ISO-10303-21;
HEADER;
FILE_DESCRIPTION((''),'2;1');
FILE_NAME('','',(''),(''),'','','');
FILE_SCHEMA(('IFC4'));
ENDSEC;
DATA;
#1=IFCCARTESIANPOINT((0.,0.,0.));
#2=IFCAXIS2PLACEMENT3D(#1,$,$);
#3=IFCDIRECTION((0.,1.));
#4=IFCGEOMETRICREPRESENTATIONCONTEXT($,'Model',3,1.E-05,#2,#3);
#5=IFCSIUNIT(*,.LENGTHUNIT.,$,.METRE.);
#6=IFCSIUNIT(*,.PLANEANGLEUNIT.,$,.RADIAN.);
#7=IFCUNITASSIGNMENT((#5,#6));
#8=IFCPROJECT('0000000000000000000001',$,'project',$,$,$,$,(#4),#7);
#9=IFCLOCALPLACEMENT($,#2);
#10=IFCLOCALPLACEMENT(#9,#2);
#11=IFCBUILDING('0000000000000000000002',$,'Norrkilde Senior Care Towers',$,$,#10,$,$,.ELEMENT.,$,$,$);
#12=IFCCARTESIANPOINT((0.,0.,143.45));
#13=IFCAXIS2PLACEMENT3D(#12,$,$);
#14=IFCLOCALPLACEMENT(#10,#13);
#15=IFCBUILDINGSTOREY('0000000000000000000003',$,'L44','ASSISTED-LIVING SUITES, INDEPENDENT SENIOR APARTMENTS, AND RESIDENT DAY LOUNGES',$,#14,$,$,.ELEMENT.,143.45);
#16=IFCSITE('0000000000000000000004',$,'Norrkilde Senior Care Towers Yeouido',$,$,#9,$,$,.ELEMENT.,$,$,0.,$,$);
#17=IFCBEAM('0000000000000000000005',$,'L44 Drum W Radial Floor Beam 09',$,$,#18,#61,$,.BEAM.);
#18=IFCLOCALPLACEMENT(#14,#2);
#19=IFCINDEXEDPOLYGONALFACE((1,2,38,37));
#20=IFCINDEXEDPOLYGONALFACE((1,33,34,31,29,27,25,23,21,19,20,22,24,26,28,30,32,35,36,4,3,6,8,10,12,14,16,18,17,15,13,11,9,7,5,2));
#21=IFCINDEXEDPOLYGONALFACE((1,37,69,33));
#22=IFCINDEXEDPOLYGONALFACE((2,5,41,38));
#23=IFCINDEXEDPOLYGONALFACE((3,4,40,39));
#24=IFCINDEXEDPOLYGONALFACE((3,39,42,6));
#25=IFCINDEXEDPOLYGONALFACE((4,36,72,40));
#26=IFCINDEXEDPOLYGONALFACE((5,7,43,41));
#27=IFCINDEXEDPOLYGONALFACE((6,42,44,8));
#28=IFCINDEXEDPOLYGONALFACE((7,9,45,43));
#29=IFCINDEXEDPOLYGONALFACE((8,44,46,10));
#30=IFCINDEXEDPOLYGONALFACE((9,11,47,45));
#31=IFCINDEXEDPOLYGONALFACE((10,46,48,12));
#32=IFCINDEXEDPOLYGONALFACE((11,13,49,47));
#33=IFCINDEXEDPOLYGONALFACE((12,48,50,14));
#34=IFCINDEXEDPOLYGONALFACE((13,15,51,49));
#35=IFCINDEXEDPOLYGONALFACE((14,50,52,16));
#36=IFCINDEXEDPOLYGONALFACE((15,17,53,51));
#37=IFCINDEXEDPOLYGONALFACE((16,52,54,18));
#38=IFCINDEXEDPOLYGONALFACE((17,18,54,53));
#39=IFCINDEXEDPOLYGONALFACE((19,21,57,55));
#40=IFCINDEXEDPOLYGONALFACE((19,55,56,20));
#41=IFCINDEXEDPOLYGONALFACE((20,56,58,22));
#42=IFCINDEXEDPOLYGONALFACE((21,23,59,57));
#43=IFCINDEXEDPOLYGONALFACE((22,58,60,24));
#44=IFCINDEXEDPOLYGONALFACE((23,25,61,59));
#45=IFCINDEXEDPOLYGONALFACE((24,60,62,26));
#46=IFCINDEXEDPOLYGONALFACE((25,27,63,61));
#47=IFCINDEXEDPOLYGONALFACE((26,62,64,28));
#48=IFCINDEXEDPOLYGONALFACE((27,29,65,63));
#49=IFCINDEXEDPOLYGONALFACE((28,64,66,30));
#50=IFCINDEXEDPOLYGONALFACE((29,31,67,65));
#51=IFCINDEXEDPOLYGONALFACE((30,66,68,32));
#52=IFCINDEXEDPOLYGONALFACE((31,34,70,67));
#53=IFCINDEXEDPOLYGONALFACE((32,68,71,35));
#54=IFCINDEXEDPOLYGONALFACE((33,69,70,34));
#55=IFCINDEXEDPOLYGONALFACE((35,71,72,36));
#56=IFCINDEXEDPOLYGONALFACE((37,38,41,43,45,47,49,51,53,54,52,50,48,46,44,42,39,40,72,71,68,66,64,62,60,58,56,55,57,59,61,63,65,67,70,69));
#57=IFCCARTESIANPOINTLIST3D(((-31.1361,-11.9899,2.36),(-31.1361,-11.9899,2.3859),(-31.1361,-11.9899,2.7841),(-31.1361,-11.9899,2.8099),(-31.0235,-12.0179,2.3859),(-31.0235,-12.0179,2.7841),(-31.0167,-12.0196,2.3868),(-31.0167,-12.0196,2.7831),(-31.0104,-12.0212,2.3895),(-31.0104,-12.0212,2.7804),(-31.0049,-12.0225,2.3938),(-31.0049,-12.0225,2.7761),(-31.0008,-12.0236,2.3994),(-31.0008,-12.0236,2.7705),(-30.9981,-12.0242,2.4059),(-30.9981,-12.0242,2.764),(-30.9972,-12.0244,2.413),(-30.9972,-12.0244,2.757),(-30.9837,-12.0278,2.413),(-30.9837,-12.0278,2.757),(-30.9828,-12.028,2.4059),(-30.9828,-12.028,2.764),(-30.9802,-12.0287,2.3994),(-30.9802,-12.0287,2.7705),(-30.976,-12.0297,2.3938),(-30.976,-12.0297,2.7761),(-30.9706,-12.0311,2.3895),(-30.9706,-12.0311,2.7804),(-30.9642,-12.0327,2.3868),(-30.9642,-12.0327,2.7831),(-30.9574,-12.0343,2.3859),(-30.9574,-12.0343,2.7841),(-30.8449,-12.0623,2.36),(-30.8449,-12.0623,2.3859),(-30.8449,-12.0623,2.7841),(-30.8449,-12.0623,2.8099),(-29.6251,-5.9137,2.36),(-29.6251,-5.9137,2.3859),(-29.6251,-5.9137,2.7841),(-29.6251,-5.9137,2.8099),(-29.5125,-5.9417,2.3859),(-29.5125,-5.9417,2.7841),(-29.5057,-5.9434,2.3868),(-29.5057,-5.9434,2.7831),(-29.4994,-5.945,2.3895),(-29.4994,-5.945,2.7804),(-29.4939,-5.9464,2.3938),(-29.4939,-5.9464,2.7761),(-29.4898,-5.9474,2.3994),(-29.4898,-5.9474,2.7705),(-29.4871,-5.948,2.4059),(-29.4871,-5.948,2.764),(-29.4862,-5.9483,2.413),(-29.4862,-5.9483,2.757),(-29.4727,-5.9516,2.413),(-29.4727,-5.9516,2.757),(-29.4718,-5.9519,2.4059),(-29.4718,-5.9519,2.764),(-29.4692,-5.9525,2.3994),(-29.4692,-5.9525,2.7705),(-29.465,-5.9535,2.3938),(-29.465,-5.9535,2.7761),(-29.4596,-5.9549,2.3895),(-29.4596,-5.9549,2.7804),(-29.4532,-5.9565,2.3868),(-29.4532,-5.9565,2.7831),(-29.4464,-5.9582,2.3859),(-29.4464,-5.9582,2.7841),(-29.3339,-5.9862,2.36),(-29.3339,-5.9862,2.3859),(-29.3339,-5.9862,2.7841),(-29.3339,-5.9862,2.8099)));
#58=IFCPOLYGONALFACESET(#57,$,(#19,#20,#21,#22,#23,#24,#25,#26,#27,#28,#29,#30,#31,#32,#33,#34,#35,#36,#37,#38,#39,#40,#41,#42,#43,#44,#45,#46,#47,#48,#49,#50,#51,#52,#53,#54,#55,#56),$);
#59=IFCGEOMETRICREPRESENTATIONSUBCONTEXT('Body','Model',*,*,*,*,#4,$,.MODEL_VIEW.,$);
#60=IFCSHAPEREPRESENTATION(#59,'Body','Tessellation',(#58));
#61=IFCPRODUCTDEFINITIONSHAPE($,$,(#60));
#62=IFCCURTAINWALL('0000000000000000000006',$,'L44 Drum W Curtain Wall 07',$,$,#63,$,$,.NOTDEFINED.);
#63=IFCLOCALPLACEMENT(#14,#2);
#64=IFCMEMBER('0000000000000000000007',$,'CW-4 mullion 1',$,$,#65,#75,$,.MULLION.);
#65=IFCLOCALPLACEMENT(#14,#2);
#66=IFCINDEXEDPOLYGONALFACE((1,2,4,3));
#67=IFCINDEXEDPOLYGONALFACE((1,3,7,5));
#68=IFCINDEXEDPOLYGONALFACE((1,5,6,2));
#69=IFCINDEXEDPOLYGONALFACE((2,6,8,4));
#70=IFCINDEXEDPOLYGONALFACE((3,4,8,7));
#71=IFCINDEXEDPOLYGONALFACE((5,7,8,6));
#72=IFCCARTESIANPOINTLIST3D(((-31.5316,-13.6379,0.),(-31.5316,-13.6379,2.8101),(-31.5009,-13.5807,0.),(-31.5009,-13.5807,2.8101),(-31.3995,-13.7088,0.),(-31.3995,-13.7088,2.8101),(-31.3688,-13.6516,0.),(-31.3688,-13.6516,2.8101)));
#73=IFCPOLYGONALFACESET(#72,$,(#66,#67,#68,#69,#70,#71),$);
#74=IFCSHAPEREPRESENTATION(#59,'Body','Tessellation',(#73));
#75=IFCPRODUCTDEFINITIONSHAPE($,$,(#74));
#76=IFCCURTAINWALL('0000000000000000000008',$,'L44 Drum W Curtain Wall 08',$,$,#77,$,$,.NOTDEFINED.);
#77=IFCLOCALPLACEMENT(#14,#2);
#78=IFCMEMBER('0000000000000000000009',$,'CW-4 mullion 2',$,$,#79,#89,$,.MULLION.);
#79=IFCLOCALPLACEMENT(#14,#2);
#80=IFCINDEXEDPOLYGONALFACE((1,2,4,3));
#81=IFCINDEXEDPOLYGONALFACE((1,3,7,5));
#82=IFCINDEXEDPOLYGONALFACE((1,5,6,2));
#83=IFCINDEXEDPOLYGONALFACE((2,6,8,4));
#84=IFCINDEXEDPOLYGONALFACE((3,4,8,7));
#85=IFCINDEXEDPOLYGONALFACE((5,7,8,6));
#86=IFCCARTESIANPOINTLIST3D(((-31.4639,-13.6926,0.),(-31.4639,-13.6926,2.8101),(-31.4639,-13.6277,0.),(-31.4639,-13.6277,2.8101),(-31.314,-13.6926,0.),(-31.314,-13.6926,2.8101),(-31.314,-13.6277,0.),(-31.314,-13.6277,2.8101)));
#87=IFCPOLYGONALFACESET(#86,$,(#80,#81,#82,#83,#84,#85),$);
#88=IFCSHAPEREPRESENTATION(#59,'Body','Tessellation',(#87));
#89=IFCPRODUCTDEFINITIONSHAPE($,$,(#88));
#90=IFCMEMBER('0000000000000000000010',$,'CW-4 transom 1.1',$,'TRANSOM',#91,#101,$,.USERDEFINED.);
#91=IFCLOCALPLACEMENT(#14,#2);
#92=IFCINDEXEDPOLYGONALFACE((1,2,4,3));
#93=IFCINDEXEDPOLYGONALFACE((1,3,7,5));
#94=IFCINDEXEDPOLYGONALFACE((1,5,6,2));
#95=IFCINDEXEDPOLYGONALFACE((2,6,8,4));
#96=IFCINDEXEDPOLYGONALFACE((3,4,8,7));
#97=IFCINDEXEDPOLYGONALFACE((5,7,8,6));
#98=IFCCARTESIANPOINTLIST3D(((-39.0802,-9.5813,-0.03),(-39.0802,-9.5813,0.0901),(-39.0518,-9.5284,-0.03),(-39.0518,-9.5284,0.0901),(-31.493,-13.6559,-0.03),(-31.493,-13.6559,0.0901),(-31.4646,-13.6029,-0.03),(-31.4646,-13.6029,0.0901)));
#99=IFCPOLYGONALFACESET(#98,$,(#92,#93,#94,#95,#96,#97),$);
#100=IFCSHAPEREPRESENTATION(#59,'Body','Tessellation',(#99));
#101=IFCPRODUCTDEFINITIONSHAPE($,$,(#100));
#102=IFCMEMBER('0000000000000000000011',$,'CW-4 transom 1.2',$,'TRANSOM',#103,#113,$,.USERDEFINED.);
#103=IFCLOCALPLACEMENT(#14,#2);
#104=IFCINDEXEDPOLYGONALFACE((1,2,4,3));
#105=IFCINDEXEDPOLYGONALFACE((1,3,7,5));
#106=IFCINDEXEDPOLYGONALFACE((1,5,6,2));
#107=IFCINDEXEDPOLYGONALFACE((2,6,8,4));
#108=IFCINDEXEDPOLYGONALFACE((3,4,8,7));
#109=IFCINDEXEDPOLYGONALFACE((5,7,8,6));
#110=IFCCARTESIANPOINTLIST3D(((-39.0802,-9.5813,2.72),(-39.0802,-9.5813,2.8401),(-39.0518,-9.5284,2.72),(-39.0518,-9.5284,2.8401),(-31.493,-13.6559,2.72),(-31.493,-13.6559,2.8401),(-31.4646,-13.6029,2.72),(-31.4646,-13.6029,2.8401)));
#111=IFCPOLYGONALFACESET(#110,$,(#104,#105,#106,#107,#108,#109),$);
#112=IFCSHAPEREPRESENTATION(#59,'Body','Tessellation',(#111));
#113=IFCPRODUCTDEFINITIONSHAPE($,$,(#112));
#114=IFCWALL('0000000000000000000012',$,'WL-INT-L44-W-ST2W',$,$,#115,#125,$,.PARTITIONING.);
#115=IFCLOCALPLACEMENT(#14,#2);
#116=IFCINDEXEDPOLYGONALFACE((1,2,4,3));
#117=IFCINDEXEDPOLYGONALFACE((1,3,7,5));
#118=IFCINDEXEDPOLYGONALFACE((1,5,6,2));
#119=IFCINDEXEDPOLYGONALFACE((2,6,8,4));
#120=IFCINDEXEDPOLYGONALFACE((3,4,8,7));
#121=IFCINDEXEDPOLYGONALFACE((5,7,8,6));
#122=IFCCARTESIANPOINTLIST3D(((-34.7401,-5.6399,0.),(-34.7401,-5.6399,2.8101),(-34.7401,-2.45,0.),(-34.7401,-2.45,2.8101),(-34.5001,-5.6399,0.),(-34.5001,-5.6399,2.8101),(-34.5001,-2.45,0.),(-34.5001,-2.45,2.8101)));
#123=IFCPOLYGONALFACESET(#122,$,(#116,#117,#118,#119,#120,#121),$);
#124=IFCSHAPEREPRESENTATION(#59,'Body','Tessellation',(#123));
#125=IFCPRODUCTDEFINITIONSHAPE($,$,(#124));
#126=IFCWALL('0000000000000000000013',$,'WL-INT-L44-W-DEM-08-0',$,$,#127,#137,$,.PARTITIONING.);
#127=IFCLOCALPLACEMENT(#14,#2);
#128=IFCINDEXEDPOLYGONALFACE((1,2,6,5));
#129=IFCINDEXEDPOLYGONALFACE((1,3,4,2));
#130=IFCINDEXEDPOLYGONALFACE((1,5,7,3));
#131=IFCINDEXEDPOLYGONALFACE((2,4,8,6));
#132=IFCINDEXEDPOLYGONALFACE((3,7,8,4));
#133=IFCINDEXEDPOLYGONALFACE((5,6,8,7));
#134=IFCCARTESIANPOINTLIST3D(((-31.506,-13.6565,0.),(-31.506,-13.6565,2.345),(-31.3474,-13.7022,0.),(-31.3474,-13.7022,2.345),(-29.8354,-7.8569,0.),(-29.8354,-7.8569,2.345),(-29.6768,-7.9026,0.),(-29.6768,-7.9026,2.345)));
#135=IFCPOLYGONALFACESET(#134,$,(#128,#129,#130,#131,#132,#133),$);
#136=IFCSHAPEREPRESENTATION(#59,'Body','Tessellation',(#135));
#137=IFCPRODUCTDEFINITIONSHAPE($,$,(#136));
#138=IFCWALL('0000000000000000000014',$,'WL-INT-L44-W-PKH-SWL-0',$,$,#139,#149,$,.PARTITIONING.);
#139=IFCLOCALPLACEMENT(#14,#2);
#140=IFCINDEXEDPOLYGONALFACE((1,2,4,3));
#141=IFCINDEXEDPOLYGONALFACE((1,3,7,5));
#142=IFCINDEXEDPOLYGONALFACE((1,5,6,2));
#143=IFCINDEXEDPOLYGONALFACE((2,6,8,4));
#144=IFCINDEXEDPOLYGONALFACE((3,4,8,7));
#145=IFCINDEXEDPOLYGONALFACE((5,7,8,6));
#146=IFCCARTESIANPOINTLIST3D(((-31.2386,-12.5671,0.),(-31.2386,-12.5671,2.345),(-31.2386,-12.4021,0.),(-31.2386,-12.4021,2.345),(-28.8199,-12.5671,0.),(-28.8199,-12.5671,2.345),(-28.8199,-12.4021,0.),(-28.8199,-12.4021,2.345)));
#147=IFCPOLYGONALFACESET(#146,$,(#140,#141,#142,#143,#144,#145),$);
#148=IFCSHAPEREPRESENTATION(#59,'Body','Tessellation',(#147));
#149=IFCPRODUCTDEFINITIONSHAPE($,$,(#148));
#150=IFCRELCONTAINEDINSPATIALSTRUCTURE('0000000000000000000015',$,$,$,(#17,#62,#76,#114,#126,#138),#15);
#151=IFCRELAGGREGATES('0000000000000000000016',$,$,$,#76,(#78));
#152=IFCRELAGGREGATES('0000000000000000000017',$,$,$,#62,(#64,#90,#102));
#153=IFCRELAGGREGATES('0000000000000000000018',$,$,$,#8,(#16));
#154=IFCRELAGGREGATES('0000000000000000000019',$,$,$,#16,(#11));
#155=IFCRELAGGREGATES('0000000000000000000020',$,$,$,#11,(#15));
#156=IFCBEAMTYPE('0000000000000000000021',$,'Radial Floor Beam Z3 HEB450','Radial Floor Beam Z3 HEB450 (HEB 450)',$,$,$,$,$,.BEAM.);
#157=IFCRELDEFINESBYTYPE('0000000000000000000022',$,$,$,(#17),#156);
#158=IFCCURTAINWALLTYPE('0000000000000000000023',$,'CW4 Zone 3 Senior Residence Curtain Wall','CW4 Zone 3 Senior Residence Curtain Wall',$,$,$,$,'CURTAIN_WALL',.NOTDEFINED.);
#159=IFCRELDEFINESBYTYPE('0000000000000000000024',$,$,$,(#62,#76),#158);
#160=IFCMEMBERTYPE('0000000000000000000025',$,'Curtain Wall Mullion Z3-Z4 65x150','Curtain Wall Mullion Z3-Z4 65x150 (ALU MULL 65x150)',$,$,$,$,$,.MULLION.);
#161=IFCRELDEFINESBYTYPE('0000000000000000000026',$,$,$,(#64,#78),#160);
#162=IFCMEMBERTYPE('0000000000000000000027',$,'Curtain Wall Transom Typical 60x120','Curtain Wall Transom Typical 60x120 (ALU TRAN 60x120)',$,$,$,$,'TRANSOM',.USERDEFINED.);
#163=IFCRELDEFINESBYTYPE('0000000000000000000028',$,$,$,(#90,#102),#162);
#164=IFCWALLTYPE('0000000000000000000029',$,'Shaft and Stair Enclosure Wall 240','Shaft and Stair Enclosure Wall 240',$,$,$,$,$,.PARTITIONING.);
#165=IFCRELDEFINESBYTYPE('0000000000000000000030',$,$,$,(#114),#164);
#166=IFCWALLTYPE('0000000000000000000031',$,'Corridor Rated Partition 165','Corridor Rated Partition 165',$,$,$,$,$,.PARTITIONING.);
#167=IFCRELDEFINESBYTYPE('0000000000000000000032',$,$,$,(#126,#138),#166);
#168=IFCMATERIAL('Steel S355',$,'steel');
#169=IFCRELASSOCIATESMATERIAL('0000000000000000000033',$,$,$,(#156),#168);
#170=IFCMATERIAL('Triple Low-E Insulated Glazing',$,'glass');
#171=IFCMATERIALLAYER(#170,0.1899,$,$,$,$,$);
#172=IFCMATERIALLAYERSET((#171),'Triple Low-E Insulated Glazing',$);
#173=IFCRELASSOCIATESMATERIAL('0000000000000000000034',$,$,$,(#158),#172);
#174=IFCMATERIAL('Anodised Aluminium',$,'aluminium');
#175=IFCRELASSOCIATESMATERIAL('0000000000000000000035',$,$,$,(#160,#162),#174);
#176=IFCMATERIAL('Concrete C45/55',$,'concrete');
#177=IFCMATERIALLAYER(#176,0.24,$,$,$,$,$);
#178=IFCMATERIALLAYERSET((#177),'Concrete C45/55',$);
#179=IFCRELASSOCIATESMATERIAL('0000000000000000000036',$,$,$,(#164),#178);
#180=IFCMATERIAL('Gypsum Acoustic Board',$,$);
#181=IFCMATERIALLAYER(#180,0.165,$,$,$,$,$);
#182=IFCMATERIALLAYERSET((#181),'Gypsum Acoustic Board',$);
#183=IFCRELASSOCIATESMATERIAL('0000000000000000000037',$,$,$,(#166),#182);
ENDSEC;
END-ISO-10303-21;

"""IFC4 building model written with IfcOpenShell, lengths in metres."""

from ifc_helpers import new_model, si_unit, direction, frame, frame_2d, origin, origin_2d, place, context, subcontext, project, spatial, rectangle, i_section, extrude, source, transform, mapped, material, layer, layer_set, material_profile, profile_set, type_object, type_shapes, element, aggregate, save


model = new_model("IFC4")

# Units and contexts
model_context = context("Model", 3, precision=1e-05, world=origin(), true_north=direction((0.0, 1.0)))
body_context = subcontext(model_context, "Body", "Model", "MODEL_VIEW")
ifc_project = project(units=[si_unit("LENGTHUNIT", "METRE"), si_unit("PLANEANGLEUNIT", "RADIAN")], contexts=[model_context])

# Site, building, storey
site_placement = place(None, origin())
site = spatial("IfcSite", under=ifc_project, at=site_placement, Name="Norrkilde Senior Care Towers Yeouido", CompositionType="ELEMENT", RefElevation=0.0)
building_placement = place(site_placement, origin())
building = spatial("IfcBuilding", under=site, at=building_placement, Name="Norrkilde Senior Care Towers", CompositionType="ELEMENT")
storey_placement = place(building_placement, frame((0.0, 0.0, 143.45)))
storey = spatial("IfcBuildingStorey", under=building, at=storey_placement, Name="L44", Description="ASSISTED-LIVING SUITES, INDEPENDENT SENIOR APARTMENTS, AND RESIDENT DAY LOUNGES", CompositionType="ELEMENT", Elevation=143.45)

# Beam
ifc_material_1 = material(Name="Steel S355", Category="steel")
ifc_material_profile_1 = material_profile(ifc_material_1, i_section(OverallWidth=0.3, OverallDepth=0.45, WebThickness=0.0139, FlangeThickness=0.0259, FilletRadius=0.0271, at=origin_2d()), Name="HEB 450")
ifc_profile_set_1 = profile_set([ifc_material_profile_1], Name="Steel S355")
beam_type_1 = type_object("IfcBeamType", Name="Radial Floor Beam Z3 HEB450", Description="Radial Floor Beam Z3 HEB450 (HEB 450)", PredefinedType="BEAM", material=ifc_profile_set_1)
shared_shape_1 = source(origin(), body_context, "Body", "SweptSolid", [
    extrude(i_section(OverallWidth=0.3, OverallDepth=0.45, WebThickness=0.0139, FlangeThickness=0.0259, FilletRadius=0.0271, at=origin_2d()), origin(), (0.0, 0.0, 1.0), 6.2612),
])
beam_1_placement = place(storey_placement, frame((-29.4795, -5.95, 2.585), z_axis=(-0.241324, -0.970445, 0.0), x_axis=(0.970445, -0.241324, 0.0)))
element("IfcBeam", 1, at=beam_1_placement, inside=storey, type_object=beam_type_1, Name="L44 Drum W Radial Floor Beam 09", PredefinedType="BEAM", context=body_context, shape_type="MappedRepresentation", body=[
    mapped(shared_shape_1, transform((0.0, 0.0, 0.0), x_axis=(1.0, 0.0, 0.0), y_axis=(0.0, 1.0, 0.0), z_axis=(0.0, 0.0, 1.0), scale=1.0)),
])

# Curtain walls, members
ifc_material_2 = material(Name="Triple Low-E Insulated Glazing", Category="glass")
ifc_layer_1 = layer(ifc_material_2, 0.1899)
ifc_layer_set_1 = layer_set([ifc_layer_1], Name="Triple Low-E Insulated Glazing")
curtain_wall_type = type_object("IfcCurtainWallType", Name="CW4 Zone 3 Senior Residence Curtain Wall", Description="CW4 Zone 3 Senior Residence Curtain Wall", ElementType="CURTAIN_WALL", PredefinedType="NOTDEFINED", material=ifc_layer_set_1)
curtain_wall_1_placement = place(storey_placement, origin())
curtain_wall_1 = element("IfcCurtainWall", 2, at=curtain_wall_1_placement, inside=storey, type_object=curtain_wall_type, Name="L44 Drum W Curtain Wall 07", PredefinedType="NOTDEFINED")
ifc_material_3 = material(Name="Anodised Aluminium", Category="aluminium")
ifc_material_profile_2 = material_profile(ifc_material_3, rectangle(XDim=0.0649, YDim=0.1499, at=origin_2d()), Name="ALU MULL 65x150")
ifc_profile_set_2 = profile_set([ifc_material_profile_2], Name="Anodised Aluminium")
member_type_1 = type_object("IfcMemberType", Name="Curtain Wall Mullion Z3-Z4 65x150", Description="Curtain Wall Mullion Z3-Z4 65x150 (ALU MULL 65x150)", PredefinedType="MULLION", material=ifc_profile_set_2)
shared_shape_2 = source(origin(), body_context, "Body", "SweptSolid", [
    extrude(rectangle(XDim=0.0649, YDim=0.1499, at=origin_2d()), origin(), (0.0, 0.0, 1.0), 2.8101),
])
type_shapes(member_type_1, [shared_shape_2])
member_1_placement = place(storey_placement, frame((-31.4502, -13.6448, 0.0), z_axis=(0.0, 0.0, 1.0), x_axis=(-0.473117, -0.881, 0.0)))
member_1 = element("IfcMember", 3, at=member_1_placement, type_object=member_type_1, Name="CW-4 mullion 1", PredefinedType="MULLION", context=body_context, shape_type="MappedRepresentation", body=[
    mapped(shared_shape_2, transform((0.0, 0.0, 0.0), x_axis=(1.0, 0.0, 0.0), y_axis=(0.0, 1.0, 0.0), z_axis=(0.0, 0.0, 1.0), scale=1.0)),
])
curtain_wall_2_placement = place(storey_placement, origin())
curtain_wall_2 = element("IfcCurtainWall", 4, at=curtain_wall_2_placement, inside=storey, type_object=curtain_wall_type, Name="L44 Drum W Curtain Wall 08", PredefinedType="NOTDEFINED")
member_2_placement = place(storey_placement, frame((-31.3889, -13.6602, 0.0), z_axis=(0.0, 0.0, 1.0), x_axis=(0.0, -1.0, 0.0)))
member_2 = element("IfcMember", 5, at=member_2_placement, type_object=member_type_1, Name="CW-4 mullion 2", PredefinedType="MULLION", context=body_context, shape_type="MappedRepresentation", body=[
    mapped(shared_shape_2, transform((0.0, 0.0, 0.0), x_axis=(1.0, 0.0, 0.0), y_axis=(0.0, 1.0, 0.0), z_axis=(0.0, 0.0, 1.0), scale=1.0)),
])
aggregate(curtain_wall_2, [member_2])

# Members
ifc_material_profile_3 = material_profile(ifc_material_3, rectangle(XDim=0.0601, YDim=0.1201, at=origin_2d()), Name="ALU TRAN 60x120")
ifc_profile_set_3 = profile_set([ifc_material_profile_3], Name="Anodised Aluminium")
member_type_2 = type_object("IfcMemberType", Name="Curtain Wall Transom Typical 60x120", Description="Curtain Wall Transom Typical 60x120 (ALU TRAN 60x120)", ElementType="TRANSOM", PredefinedType="USERDEFINED", material=ifc_profile_set_3)
shared_shape_3 = source(origin(), body_context, "Body", "SweptSolid", [
    extrude(rectangle(XDim=0.0601, YDim=0.1201, at=origin_2d()), origin(), (0.0, 0.0, 1.0), 8.6121),
])
type_shapes(member_type_2, [shared_shape_3])
member_3_placement = place(storey_placement, frame((-31.4788, -13.6294, 0.03), z_axis=(-0.881, 0.473116, 0.0), x_axis=(-0.473116, -0.881, 0.0)))
member_3 = element("IfcMember", 6, at=member_3_placement, type_object=member_type_2, Name="CW-4 transom 1.1", ObjectType="TRANSOM", PredefinedType="USERDEFINED", context=body_context, shape_type="MappedRepresentation", body=[
    mapped(shared_shape_3, transform((0.0, 0.0, 0.0), x_axis=(1.0, 0.0, 0.0), y_axis=(0.0, 1.0, 0.0), z_axis=(0.0, 0.0, 1.0), scale=1.0)),
])
member_4_placement = place(storey_placement, frame((-31.4788, -13.6294, 2.78), z_axis=(-0.881, 0.473116, 0.0), x_axis=(-0.473116, -0.881, 0.0)))
member_4 = element("IfcMember", 7, at=member_4_placement, type_object=member_type_2, Name="CW-4 transom 1.2", ObjectType="TRANSOM", PredefinedType="USERDEFINED", context=body_context, shape_type="MappedRepresentation", body=[
    mapped(shared_shape_3, transform((0.0, 0.0, 0.0), x_axis=(1.0, 0.0, 0.0), y_axis=(0.0, 1.0, 0.0), z_axis=(0.0, 0.0, 1.0), scale=1.0)),
])
aggregate(curtain_wall_1, [member_1, member_3, member_4])

# Walls
ifc_material_4 = material(Name="Concrete C45/55", Category="concrete")
ifc_layer_2 = layer(ifc_material_4, 0.24)
ifc_layer_set_2 = layer_set([ifc_layer_2], Name="Concrete C45/55")
wall_type_1 = type_object("IfcWallType", Name="Shaft and Stair Enclosure Wall 240", Description="Shaft and Stair Enclosure Wall 240", PredefinedType="PARTITIONING", material=ifc_layer_set_2)
shared_shape_4 = source(origin(), body_context, "Body", "SweptSolid", [
    extrude(rectangle(XDim=3.1899, YDim=0.24, at=frame_2d((1.595, 0.0))), origin(), (0.0, 0.0, 1.0), 2.8101),
])
type_shapes(wall_type_1, [shared_shape_4])
wall_1_placement = place(storey_placement, frame((-34.6201, -5.6399, 0.0), z_axis=(0.0, 0.0, 1.0), x_axis=(0.0, 1.0, 0.0)))
element("IfcWall", 8, at=wall_1_placement, inside=storey, type_object=wall_type_1, Name="WL-INT-L44-W-ST2W", PredefinedType="PARTITIONING", context=body_context, shape_type="MappedRepresentation", body=[
    mapped(shared_shape_4, transform((0.0, 0.0, 0.0), x_axis=(1.0, 0.0, 0.0), y_axis=(0.0, 1.0, 0.0), z_axis=(0.0, 0.0, 1.0), scale=1.0)),
])
ifc_material_5 = material(Name="Gypsum Acoustic Board")
ifc_layer_3 = layer(ifc_material_5, 0.165)
ifc_layer_set_3 = layer_set([ifc_layer_3], Name="Gypsum Acoustic Board")
wall_type_2 = type_object("IfcWallType", Name="Corridor Rated Partition 165", Description="Corridor Rated Partition 165", PredefinedType="PARTITIONING", material=ifc_layer_set_3)
shared_shape_5 = source(origin(), body_context, "Body", "SweptSolid", [
    extrude(rectangle(XDim=6.0354, YDim=0.165, at=frame_2d((3.0176, 0.0))), origin(), (0.0, 0.0, 1.0), 2.345),
])
wall_2_placement = place(storey_placement, frame((-29.7561, -7.8799, 0.0), z_axis=(0.0, 0.0, 1.0), x_axis=(-0.276809, -0.960925, 0.0)))
element("IfcWall", 9, at=wall_2_placement, inside=storey, type_object=wall_type_2, Name="WL-INT-L44-W-DEM-08-0", PredefinedType="PARTITIONING", context=body_context, shape_type="MappedRepresentation", body=[
    mapped(shared_shape_5, transform((0.0, 0.0, 0.0), x_axis=(1.0, 0.0, 0.0), y_axis=(0.0, 1.0, 0.0), z_axis=(0.0, 0.0, 1.0), scale=1.0)),
])
shared_shape_6 = source(origin(), body_context, "Body", "SweptSolid", [
    extrude(rectangle(XDim=2.4187, YDim=0.165, at=frame_2d((1.2095, 0.0))), origin(), (0.0, 0.0, 1.0), 2.345),
])
type_shapes(wall_type_2, [shared_shape_5, shared_shape_6])
wall_3_placement = place(storey_placement, frame((-31.2388, -12.4846, 0.0), z_axis=(0.0, 0.0, 1.0), x_axis=(1.0, 0.0, 0.0)))
element("IfcWall", 10, at=wall_3_placement, inside=storey, type_object=wall_type_2, Name="WL-INT-L44-W-PKH-SWL-0", PredefinedType="PARTITIONING", context=body_context, shape_type="MappedRepresentation", body=[
    mapped(shared_shape_6, transform((0.0, 0.0, 0.0), x_axis=(1.0, 0.0, 0.0), y_axis=(0.0, 1.0, 0.0), z_axis=(0.0, 0.0, 1.0), scale=1.0)),
])

save(model, "model.ifc")
